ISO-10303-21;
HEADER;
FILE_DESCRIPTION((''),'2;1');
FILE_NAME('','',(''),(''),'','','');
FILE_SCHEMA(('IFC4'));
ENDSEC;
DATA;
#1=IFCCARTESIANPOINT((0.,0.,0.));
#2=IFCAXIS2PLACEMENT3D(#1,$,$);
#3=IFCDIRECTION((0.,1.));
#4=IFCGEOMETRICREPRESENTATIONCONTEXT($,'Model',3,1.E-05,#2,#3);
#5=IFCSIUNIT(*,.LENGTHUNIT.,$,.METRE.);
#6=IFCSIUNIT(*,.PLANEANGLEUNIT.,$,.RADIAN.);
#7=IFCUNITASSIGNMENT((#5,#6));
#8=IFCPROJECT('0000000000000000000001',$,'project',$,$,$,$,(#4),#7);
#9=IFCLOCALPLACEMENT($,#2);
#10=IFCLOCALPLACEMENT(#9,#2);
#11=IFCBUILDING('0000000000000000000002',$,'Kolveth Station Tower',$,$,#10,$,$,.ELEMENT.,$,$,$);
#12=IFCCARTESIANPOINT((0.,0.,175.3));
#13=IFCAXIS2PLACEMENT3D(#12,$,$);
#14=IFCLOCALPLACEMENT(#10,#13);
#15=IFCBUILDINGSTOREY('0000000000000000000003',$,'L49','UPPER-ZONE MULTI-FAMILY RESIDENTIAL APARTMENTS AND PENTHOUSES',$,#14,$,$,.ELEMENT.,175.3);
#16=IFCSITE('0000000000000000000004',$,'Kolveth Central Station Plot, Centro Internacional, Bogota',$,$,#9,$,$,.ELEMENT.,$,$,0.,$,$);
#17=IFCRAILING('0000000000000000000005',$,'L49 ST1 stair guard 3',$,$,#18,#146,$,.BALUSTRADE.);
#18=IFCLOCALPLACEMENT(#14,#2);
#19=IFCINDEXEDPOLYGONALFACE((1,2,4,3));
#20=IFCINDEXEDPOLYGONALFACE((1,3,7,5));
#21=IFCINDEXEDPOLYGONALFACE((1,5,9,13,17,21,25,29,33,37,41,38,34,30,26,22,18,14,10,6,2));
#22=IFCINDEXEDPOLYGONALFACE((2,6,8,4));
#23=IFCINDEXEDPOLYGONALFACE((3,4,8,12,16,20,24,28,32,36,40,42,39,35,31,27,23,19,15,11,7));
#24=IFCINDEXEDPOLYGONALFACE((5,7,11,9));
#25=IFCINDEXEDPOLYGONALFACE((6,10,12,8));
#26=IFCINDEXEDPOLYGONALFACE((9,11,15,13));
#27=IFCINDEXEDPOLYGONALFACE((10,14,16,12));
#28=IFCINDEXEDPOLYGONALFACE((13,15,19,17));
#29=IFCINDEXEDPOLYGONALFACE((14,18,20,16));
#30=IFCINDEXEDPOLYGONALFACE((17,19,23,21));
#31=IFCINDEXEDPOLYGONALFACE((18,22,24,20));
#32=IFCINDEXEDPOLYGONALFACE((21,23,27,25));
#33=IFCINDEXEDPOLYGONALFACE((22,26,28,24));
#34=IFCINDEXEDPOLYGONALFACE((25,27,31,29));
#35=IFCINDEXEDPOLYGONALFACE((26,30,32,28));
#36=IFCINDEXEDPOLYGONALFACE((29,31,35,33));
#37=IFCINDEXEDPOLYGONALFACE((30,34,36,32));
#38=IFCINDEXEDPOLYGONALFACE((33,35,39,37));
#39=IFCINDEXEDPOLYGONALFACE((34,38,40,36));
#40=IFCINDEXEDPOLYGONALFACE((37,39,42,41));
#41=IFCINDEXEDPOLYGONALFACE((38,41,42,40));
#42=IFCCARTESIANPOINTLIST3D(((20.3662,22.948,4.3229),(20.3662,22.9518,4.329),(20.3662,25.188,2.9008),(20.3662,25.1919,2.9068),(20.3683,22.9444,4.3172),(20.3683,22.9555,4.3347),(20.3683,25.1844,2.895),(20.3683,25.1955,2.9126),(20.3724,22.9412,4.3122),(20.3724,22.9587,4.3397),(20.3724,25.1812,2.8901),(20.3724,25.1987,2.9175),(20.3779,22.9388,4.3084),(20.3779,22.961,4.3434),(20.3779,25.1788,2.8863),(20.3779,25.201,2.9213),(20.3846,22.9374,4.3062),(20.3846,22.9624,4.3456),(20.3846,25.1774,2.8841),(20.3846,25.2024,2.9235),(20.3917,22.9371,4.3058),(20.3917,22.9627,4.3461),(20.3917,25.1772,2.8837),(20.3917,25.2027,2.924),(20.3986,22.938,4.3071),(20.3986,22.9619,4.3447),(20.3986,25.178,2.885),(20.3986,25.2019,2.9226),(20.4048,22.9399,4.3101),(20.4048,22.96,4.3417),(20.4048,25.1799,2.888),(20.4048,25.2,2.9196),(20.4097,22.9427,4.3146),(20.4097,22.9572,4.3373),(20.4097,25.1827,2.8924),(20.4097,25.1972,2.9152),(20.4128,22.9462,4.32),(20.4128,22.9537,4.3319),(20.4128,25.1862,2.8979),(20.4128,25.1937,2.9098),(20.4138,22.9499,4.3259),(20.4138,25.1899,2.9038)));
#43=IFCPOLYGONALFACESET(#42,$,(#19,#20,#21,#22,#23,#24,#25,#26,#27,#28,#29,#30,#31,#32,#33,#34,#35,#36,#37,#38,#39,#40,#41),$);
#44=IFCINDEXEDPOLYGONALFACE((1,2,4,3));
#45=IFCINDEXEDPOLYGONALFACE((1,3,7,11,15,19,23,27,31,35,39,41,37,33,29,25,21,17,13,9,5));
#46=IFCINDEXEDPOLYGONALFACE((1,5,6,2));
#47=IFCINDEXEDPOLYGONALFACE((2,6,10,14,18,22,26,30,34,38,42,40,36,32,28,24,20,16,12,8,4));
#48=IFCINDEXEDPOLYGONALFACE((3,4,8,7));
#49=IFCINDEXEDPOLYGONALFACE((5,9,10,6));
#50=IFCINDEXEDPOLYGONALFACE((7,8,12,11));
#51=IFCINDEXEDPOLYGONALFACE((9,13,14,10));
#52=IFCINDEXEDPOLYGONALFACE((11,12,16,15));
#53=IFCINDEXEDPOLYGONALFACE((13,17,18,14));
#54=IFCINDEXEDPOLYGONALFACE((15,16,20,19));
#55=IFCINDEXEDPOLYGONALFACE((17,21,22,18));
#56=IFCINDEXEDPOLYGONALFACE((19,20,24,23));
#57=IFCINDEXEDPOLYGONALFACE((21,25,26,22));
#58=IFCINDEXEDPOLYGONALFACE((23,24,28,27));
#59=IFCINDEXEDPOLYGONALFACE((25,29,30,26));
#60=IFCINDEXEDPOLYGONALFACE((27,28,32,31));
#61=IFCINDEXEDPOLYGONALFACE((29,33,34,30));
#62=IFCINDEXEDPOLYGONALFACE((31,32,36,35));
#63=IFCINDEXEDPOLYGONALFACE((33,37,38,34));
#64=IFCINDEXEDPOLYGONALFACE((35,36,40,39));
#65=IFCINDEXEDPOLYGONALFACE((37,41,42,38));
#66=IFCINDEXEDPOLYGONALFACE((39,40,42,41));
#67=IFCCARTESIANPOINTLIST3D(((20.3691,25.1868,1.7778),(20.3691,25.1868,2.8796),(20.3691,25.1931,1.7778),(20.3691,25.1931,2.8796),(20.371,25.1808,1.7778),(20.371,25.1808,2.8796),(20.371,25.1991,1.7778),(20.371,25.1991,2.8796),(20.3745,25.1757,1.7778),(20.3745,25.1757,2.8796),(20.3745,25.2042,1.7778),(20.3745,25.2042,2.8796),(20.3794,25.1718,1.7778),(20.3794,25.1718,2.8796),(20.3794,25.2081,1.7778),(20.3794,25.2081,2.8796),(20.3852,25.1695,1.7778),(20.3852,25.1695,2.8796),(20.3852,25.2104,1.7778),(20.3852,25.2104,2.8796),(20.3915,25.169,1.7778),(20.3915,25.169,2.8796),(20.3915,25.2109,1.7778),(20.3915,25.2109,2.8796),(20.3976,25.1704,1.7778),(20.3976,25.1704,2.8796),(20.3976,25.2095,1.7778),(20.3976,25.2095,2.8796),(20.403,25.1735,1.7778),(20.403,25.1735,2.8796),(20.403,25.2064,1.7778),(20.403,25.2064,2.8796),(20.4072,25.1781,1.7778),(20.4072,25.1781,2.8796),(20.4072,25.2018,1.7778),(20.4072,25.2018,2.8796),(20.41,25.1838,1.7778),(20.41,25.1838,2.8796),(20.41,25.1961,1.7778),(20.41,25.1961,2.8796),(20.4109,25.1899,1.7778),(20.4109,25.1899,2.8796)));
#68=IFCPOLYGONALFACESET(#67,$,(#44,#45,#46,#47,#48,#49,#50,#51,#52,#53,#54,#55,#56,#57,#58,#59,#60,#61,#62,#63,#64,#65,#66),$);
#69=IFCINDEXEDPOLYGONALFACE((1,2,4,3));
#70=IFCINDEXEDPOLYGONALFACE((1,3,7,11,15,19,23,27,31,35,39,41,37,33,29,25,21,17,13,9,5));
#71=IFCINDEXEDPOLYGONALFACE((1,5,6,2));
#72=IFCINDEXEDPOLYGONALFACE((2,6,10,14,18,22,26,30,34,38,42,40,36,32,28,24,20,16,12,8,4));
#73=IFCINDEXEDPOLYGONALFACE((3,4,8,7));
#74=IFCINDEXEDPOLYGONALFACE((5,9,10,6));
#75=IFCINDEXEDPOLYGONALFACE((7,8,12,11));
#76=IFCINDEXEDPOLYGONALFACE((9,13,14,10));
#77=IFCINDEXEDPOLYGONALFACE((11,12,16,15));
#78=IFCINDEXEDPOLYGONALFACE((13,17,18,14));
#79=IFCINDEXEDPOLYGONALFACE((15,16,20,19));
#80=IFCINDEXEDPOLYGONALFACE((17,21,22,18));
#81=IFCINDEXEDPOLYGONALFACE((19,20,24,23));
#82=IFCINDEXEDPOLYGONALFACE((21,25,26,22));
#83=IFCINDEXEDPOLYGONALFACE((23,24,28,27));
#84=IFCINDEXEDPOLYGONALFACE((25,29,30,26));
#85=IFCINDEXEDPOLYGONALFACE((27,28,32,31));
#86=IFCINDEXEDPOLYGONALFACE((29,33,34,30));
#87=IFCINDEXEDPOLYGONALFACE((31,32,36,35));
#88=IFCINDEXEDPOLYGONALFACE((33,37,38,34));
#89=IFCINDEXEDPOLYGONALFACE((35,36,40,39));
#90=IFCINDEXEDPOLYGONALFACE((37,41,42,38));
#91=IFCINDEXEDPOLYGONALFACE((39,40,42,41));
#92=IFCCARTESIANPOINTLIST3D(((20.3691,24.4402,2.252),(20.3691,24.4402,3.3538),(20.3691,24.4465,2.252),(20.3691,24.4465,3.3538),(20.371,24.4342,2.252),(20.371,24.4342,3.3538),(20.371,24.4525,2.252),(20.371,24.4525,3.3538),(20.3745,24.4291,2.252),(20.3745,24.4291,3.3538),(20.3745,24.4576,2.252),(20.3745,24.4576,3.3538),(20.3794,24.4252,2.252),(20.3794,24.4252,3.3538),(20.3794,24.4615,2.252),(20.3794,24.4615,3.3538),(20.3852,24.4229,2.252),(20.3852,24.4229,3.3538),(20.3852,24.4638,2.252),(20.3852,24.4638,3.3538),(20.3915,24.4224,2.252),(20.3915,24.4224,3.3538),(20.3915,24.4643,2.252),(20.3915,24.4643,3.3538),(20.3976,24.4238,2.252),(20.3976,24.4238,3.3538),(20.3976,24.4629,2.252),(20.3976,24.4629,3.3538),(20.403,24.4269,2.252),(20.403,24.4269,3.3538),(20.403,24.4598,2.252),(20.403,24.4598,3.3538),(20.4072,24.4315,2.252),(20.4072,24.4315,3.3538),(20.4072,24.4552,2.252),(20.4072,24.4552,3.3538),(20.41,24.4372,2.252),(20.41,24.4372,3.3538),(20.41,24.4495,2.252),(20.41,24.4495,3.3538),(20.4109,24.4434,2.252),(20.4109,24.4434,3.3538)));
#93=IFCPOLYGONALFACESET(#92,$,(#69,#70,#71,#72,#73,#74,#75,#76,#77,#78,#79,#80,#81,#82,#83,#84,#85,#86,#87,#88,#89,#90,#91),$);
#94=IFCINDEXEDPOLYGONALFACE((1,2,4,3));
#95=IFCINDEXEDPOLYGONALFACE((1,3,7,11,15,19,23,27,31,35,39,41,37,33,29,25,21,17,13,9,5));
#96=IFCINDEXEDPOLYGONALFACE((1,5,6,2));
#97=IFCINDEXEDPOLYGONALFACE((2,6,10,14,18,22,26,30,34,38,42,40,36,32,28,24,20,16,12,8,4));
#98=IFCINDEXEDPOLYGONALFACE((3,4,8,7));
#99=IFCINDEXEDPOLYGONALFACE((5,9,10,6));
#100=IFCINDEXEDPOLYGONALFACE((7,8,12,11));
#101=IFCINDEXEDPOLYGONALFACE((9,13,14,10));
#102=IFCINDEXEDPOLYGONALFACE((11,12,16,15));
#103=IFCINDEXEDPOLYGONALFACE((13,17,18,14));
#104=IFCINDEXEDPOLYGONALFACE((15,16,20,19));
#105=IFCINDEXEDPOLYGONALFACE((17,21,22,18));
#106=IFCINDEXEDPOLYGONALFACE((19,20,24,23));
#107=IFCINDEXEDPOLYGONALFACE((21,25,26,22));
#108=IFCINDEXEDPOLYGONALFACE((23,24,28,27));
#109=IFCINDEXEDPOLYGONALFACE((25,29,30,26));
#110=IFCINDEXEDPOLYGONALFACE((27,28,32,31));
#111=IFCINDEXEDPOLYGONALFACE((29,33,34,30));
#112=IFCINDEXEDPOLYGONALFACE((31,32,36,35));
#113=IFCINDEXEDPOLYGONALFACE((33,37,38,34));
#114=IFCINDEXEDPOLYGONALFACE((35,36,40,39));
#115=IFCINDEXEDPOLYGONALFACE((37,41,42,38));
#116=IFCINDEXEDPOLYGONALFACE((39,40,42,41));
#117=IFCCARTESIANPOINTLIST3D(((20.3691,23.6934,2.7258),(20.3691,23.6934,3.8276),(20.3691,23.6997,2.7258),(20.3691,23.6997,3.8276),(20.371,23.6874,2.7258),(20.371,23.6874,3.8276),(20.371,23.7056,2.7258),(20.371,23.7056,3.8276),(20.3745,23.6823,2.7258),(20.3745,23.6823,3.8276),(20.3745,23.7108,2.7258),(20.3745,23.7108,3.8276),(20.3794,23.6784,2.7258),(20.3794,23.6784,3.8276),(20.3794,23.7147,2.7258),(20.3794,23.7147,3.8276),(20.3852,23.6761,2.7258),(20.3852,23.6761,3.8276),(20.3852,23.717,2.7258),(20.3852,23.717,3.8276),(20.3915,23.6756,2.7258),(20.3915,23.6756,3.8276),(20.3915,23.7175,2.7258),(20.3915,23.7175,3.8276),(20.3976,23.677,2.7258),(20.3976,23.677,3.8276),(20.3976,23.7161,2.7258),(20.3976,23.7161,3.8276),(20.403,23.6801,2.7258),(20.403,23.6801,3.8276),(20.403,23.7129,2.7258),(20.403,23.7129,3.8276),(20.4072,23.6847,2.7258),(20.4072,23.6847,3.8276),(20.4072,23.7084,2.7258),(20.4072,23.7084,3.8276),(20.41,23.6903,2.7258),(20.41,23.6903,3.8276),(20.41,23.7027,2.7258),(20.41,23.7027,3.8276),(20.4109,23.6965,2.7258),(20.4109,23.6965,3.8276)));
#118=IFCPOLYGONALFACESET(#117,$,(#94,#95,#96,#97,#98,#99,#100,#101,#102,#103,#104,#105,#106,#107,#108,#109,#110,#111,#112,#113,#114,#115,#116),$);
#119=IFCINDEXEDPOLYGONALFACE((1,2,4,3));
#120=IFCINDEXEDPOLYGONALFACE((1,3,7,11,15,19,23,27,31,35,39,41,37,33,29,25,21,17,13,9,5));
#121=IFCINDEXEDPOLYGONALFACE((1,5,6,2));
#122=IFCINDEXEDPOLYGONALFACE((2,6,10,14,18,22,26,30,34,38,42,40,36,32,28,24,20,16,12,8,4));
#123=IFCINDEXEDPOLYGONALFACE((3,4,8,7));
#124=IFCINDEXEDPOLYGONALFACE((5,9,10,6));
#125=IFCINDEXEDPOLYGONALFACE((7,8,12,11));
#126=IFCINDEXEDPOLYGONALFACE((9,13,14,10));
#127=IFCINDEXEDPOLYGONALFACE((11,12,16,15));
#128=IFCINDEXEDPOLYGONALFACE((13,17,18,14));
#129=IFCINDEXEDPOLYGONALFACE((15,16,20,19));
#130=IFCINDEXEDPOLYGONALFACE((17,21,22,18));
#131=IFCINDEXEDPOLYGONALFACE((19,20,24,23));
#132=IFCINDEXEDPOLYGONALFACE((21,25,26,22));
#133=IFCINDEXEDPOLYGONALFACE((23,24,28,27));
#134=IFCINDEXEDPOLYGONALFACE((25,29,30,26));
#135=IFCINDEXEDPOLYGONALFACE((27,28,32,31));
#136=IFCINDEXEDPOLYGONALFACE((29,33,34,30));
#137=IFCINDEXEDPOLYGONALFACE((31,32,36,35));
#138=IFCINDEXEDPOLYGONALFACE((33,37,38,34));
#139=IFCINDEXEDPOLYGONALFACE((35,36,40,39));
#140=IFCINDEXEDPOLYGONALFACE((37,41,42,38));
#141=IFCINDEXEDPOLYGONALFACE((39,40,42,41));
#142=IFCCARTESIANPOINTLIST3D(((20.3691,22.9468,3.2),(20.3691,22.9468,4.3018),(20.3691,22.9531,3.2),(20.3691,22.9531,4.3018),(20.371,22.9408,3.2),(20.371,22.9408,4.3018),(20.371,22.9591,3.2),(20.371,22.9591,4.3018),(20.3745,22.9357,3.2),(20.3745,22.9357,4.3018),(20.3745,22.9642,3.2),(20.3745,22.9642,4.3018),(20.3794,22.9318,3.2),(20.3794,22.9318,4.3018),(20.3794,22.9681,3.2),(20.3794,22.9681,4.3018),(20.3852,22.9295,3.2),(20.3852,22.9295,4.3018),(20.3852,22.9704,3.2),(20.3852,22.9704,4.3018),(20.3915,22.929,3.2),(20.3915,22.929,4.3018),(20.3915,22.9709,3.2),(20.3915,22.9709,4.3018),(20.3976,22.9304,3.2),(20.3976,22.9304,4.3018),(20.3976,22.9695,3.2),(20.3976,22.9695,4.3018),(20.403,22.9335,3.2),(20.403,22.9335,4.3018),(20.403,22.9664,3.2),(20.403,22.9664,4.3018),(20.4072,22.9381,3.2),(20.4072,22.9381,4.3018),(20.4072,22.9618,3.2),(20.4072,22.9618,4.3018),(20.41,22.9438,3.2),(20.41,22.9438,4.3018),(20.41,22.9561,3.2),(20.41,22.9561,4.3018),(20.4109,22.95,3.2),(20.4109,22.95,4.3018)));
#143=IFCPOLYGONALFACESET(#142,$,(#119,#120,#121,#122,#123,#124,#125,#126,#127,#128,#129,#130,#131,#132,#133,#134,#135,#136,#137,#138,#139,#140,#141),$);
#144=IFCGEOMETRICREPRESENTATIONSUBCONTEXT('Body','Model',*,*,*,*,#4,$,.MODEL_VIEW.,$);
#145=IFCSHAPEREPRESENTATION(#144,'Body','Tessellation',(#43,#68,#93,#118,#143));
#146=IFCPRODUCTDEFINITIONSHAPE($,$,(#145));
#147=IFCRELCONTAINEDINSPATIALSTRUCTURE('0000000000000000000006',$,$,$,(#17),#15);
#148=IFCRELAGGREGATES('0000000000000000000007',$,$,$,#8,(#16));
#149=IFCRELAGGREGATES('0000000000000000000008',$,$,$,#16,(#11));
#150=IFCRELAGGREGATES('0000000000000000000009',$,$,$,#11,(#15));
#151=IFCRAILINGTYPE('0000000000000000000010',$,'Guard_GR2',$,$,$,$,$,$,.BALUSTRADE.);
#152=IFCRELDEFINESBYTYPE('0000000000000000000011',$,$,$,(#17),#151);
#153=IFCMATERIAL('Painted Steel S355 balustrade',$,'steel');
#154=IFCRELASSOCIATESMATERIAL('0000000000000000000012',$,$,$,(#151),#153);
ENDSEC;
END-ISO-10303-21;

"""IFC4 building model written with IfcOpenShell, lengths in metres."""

from ifc_helpers import new_model, si_unit, direction, frame, origin, origin_2d, place, context, subcontext, project, spatial, circle, extrude, material, type_object, element, save


model = new_model("IFC4")

# Units and contexts
model_context = context("Model", 3, precision=1e-05, world=origin(), true_north=direction((0.0, 1.0)))
body_context = subcontext(model_context, "Body", "Model", "MODEL_VIEW")
ifc_project = project(units=[si_unit("LENGTHUNIT", "METRE"), si_unit("PLANEANGLEUNIT", "RADIAN")], contexts=[model_context])

# Site, building, storey
site_placement = place(None, origin())
site = spatial("IfcSite", under=ifc_project, at=site_placement, Name="Kolveth Central Station Plot, Centro Internacional, Bogota", CompositionType="ELEMENT", RefElevation=0.0)
building_placement = place(site_placement, origin())
building = spatial("IfcBuilding", under=site, at=building_placement, Name="Kolveth Station Tower", CompositionType="ELEMENT")
storey_placement = place(building_placement, frame((0.0, 0.0, 175.3)))
storey = spatial("IfcBuildingStorey", under=building, at=storey_placement, Name="L49", Description="UPPER-ZONE MULTI-FAMILY RESIDENTIAL APARTMENTS AND PENTHOUSES", CompositionType="ELEMENT", Elevation=175.3)

# Railing
ifc_material_1 = material(Name="Painted Steel S355 balustrade", Category="steel")
railing_type_1 = type_object("IfcRailingType", Name="Guard_GR2", PredefinedType="BALUSTRADE", material=ifc_material_1)
railing_1_placement = place(storey_placement, frame((20.3899, 25.1899, 1.7778)))
element("IfcRailing", 1, at=railing_1_placement, inside=storey, type_object=railing_type_1, Name="L49 ST1 stair guard 3", PredefinedType="BALUSTRADE", context=body_context, shape_type="SweptSolid", body=[
    extrude(circle(Radius=0.0239, at=origin_2d()), frame((0.0, 0.0, 1.126), z_axis=(0.0, -0.844229, 0.535982), x_axis=(1.0, 0.0, 0.0)), (0.0, 0.0, 1.0), 2.6533),
    extrude(circle(Radius=0.021, at=origin_2d()), origin(), (0.0, 0.0, 1.0), 1.1018),
    extrude(circle(Radius=0.021, at=origin_2d()), frame((0.0, -0.7466, 0.4741)), (0.0, 0.0, 1.0), 1.1018),
    extrude(circle(Radius=0.021, at=origin_2d()), frame((0.0, -1.4934, 0.948)), (0.0, 0.0, 1.0), 1.1018),
    extrude(circle(Radius=0.021, at=origin_2d()), frame((0.0, -2.24, 1.4221)), (0.0, 0.0, 1.0), 1.1018),
])

save(model, "model.ifc")
